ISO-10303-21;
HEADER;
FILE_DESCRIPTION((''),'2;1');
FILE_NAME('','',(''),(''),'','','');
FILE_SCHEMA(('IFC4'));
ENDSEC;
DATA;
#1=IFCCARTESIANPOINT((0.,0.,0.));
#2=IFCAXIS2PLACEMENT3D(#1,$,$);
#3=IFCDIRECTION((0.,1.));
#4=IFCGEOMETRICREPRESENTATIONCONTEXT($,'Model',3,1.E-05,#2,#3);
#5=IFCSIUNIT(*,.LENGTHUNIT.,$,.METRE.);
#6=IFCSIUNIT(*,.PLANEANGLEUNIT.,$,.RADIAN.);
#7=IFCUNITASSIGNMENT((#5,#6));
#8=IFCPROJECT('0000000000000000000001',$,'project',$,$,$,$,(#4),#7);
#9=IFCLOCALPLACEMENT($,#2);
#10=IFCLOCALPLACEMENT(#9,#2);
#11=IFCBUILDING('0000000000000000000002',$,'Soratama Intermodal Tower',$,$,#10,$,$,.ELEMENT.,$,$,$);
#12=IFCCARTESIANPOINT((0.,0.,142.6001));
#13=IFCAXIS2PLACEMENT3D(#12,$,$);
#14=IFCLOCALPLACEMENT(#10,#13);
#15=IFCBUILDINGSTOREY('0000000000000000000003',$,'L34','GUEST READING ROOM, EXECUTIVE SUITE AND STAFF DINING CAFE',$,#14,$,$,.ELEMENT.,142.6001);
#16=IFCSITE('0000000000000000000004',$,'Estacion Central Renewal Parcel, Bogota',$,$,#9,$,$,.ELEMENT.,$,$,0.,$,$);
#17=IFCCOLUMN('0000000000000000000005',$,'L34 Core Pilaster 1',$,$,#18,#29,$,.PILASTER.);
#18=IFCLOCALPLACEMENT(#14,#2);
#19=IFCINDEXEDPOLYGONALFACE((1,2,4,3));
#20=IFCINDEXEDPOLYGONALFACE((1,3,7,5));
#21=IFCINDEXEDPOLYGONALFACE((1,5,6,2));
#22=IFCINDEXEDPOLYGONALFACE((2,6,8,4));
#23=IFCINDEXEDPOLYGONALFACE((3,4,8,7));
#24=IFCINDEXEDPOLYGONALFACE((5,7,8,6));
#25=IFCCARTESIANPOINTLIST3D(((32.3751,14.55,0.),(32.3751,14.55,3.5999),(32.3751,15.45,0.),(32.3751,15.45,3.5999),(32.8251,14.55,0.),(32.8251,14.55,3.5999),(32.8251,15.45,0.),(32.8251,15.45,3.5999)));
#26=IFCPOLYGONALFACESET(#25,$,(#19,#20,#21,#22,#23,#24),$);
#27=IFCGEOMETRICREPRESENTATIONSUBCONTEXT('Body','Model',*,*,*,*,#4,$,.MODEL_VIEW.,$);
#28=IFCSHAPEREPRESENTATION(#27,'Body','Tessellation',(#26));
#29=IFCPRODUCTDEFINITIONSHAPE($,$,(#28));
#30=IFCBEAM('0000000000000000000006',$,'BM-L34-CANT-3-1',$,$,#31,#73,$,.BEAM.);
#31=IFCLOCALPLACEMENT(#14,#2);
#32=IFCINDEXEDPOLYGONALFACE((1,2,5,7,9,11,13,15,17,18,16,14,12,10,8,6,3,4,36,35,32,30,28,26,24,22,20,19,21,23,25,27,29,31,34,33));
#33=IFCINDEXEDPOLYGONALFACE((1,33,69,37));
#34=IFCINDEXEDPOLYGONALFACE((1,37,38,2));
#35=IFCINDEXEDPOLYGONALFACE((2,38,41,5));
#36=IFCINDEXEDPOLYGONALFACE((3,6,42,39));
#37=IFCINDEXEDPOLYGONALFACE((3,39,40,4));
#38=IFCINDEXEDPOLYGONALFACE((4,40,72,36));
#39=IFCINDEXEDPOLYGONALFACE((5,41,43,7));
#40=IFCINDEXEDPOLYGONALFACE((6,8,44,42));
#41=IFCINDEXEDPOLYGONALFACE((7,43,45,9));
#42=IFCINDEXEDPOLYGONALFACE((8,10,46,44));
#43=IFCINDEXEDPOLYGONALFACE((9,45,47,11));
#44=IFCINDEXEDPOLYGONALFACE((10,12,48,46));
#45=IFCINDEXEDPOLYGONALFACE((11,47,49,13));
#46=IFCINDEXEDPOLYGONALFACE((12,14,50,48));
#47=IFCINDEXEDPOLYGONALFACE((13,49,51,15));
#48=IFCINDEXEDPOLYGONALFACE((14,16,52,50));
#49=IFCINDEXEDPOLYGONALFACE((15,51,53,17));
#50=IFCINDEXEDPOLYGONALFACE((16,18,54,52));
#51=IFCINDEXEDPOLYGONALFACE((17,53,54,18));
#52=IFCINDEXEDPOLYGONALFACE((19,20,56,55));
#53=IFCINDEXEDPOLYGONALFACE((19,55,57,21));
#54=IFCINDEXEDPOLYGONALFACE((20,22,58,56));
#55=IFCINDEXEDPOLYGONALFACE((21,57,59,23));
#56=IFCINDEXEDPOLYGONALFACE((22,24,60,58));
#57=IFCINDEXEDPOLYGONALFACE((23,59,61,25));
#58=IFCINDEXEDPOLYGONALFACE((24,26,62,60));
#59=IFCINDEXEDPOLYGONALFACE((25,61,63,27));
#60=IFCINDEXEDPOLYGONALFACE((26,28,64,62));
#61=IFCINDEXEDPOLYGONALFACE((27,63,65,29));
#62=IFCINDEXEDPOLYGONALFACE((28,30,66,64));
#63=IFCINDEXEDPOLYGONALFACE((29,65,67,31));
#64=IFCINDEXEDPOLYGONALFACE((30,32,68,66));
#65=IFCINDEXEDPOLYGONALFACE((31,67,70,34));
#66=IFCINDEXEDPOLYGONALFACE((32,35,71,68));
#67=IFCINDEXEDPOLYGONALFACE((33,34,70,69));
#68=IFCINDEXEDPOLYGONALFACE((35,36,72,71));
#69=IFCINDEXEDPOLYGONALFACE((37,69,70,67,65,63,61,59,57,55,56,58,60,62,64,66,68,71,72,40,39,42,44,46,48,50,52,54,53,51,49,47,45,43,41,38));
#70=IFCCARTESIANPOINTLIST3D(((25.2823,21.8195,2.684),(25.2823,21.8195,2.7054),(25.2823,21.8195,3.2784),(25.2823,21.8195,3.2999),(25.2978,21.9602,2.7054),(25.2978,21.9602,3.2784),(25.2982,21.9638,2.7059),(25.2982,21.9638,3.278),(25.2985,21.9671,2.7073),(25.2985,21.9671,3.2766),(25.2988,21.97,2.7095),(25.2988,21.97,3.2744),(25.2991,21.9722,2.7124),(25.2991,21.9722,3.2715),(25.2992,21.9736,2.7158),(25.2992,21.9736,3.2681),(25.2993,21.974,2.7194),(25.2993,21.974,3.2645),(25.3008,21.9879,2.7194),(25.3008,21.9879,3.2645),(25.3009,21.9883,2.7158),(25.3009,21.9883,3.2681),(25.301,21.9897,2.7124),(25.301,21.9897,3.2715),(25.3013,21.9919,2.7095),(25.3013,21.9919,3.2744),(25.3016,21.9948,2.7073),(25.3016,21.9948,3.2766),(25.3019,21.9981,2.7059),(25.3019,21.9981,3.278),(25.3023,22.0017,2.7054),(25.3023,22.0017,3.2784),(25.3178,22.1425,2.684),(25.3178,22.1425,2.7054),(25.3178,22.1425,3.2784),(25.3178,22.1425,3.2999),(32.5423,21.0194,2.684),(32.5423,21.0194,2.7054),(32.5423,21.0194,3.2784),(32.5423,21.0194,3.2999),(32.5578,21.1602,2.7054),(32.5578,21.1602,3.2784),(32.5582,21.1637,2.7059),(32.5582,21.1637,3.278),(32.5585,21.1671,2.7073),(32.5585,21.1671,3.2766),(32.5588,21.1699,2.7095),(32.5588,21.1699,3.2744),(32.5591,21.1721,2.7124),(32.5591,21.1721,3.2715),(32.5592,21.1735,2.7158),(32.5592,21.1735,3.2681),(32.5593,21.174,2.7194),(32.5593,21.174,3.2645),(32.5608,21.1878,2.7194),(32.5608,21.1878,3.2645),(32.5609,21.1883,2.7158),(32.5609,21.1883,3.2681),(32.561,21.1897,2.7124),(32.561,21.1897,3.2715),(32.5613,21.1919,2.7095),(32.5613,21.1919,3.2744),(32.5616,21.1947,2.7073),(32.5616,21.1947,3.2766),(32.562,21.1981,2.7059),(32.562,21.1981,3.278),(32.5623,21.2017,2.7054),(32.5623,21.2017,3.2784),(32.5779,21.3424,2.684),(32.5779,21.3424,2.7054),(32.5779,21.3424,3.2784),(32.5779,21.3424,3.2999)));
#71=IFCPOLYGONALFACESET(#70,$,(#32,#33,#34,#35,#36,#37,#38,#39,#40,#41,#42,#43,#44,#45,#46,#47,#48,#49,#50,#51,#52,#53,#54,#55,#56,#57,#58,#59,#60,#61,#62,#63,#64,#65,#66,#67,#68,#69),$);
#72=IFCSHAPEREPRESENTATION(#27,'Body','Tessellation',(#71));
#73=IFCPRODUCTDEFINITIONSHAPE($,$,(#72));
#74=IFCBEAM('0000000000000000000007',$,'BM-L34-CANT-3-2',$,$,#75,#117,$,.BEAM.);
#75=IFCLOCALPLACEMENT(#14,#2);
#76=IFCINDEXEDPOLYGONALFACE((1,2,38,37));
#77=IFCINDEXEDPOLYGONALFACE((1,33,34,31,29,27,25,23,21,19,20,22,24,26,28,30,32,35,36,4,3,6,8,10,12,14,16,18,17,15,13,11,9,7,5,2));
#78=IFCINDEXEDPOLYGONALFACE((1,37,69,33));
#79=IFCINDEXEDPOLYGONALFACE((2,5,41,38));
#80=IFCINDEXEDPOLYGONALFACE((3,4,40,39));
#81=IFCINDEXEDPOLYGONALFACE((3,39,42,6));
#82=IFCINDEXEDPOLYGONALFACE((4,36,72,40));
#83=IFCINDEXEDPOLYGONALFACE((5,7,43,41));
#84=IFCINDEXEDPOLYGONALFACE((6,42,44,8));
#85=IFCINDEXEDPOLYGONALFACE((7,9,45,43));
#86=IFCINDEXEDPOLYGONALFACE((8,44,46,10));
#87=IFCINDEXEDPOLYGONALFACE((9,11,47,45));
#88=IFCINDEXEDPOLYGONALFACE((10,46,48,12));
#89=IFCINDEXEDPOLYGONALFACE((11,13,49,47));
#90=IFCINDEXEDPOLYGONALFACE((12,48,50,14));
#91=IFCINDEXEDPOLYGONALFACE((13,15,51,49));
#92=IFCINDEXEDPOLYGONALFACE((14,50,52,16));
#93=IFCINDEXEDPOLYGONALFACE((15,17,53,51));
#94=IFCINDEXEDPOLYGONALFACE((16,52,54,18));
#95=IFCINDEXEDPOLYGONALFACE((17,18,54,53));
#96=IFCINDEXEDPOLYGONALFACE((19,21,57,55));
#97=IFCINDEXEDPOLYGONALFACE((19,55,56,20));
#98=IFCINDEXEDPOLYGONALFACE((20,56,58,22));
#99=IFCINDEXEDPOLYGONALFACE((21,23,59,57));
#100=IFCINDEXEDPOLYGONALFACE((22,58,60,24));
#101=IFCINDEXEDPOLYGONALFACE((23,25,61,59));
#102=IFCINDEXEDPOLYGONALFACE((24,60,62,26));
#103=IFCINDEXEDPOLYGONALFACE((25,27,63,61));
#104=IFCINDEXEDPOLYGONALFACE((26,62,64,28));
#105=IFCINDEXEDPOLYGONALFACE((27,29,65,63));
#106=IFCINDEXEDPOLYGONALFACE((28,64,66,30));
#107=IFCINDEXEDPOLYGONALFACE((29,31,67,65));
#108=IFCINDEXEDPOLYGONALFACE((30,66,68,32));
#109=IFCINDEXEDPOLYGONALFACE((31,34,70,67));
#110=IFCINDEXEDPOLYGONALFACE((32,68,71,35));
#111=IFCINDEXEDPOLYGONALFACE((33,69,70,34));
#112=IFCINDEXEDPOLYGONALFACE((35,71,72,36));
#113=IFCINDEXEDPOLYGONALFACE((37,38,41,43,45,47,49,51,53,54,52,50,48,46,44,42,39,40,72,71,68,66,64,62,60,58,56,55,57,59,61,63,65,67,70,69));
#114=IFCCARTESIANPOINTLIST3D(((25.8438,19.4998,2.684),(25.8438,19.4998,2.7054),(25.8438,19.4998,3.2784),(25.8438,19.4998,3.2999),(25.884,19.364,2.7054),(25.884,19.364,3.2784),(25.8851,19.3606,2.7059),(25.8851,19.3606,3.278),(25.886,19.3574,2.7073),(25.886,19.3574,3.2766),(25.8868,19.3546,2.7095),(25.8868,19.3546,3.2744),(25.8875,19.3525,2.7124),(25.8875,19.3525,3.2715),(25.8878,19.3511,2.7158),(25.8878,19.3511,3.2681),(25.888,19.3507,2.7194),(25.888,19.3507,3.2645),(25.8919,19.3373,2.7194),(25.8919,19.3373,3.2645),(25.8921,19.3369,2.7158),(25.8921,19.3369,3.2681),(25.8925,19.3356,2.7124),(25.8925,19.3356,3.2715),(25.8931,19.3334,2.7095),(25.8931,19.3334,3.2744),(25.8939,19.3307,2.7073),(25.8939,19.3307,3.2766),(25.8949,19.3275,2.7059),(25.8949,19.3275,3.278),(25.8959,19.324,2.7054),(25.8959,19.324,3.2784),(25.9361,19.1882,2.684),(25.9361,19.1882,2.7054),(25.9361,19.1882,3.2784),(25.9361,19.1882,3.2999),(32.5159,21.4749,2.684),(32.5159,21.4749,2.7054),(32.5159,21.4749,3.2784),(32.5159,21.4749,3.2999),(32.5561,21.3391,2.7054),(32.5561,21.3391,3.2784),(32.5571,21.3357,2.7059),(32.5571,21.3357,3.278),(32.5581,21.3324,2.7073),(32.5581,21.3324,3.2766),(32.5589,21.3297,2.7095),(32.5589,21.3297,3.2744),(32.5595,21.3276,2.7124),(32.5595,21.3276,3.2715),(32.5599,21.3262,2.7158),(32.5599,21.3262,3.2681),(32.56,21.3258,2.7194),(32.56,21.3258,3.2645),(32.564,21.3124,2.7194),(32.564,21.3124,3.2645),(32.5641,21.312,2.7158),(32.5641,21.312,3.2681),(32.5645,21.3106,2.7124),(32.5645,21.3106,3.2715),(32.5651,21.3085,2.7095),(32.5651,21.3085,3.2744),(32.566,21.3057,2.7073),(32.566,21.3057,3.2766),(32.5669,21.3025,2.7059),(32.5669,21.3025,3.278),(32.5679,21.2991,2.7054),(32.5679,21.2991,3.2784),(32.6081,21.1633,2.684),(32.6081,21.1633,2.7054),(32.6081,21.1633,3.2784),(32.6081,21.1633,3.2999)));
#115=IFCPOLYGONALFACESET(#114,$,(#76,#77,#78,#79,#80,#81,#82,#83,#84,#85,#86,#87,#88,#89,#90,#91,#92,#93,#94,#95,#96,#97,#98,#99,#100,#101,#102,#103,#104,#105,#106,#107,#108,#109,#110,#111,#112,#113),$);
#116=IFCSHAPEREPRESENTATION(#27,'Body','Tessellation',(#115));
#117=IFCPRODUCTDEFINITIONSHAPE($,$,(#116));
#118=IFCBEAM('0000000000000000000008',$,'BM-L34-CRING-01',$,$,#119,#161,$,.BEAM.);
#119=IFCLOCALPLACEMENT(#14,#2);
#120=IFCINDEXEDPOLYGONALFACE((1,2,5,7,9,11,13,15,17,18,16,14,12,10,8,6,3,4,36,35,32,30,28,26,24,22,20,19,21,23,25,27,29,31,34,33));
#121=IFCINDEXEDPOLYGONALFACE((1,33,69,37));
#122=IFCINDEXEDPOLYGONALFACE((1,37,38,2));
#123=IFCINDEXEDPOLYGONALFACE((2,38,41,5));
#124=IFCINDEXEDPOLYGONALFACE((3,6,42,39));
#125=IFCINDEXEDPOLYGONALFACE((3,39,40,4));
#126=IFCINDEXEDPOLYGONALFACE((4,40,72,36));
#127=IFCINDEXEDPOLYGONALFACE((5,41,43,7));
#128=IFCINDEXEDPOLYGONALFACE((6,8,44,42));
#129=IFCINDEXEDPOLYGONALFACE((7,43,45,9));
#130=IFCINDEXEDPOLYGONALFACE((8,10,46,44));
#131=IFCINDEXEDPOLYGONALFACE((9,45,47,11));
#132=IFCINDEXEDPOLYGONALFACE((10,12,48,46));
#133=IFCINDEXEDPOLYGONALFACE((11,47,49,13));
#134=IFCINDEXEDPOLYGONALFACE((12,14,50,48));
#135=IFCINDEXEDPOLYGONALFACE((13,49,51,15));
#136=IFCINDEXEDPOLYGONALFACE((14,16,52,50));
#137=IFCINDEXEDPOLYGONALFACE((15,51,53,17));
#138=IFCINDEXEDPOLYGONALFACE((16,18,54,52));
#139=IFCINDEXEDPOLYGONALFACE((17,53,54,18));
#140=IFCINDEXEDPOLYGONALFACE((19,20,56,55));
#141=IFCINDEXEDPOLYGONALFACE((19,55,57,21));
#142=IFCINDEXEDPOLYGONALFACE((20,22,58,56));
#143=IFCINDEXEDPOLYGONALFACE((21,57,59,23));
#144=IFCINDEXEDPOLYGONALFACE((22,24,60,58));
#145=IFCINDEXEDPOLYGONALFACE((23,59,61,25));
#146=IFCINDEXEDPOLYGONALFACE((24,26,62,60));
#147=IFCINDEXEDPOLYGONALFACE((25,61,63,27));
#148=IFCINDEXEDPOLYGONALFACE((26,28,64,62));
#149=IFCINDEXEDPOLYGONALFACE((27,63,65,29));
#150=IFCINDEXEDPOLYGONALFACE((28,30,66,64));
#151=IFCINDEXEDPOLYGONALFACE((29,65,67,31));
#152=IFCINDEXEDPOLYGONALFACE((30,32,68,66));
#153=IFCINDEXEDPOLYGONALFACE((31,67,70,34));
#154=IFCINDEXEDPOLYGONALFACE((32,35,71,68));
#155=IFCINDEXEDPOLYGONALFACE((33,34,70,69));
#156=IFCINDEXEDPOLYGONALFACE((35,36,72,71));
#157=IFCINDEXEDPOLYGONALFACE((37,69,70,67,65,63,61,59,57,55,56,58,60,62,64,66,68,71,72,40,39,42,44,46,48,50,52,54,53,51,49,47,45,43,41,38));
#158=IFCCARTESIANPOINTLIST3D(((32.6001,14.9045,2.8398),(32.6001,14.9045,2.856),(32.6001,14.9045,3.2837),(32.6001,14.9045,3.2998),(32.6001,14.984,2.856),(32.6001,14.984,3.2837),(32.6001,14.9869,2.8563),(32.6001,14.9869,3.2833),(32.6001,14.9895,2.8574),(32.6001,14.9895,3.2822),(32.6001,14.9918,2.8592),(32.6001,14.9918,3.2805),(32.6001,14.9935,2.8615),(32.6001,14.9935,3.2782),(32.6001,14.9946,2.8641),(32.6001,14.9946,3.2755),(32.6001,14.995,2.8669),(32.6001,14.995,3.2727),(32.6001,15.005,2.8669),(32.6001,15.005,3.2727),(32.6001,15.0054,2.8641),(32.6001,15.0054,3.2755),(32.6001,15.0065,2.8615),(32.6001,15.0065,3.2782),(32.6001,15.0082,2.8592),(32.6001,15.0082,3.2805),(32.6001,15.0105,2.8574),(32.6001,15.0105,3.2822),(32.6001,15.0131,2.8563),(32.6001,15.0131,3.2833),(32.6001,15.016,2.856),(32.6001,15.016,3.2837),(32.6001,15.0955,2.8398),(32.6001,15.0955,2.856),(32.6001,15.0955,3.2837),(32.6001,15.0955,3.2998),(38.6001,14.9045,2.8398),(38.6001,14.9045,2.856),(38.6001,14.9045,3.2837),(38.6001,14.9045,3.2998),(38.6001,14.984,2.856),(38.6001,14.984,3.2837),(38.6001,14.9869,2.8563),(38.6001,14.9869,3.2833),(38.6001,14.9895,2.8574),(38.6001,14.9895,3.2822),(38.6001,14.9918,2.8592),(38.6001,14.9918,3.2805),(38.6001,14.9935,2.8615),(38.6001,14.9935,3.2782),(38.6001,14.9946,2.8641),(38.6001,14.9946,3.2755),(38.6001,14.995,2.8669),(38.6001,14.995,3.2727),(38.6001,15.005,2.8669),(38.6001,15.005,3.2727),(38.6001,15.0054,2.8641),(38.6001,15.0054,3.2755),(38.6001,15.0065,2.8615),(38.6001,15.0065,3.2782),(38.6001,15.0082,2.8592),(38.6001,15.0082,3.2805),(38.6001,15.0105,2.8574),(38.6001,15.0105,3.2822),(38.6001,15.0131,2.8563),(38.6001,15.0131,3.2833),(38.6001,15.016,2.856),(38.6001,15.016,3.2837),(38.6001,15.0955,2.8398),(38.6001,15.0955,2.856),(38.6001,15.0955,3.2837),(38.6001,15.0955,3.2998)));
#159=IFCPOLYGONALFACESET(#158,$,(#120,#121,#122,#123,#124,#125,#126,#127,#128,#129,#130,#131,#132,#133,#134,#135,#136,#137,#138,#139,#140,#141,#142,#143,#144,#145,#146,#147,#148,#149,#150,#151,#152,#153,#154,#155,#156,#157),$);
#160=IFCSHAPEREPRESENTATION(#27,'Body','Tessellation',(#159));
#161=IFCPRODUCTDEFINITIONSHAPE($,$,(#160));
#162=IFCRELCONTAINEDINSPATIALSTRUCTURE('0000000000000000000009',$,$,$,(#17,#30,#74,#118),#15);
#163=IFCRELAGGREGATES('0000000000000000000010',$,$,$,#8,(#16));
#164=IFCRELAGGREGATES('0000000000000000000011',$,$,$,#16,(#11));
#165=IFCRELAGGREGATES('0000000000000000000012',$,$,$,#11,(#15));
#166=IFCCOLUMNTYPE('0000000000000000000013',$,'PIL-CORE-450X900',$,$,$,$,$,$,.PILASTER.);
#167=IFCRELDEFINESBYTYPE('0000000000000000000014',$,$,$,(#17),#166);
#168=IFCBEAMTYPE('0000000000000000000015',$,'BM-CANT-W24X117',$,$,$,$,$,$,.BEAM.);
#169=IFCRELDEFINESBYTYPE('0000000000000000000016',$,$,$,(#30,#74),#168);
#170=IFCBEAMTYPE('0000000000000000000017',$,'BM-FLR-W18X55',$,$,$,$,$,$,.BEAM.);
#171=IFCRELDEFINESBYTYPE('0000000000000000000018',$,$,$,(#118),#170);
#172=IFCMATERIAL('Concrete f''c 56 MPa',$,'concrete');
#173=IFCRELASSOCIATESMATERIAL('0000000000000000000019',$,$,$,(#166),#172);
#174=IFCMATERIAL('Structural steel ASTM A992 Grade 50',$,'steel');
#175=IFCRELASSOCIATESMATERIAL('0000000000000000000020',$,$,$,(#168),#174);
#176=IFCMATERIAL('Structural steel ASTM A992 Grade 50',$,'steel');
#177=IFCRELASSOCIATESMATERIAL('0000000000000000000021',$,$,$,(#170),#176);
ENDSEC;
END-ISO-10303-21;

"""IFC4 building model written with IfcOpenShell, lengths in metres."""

from ifc_helpers import new_model, si_unit, direction, frame, origin, origin_2d, place, context, subcontext, project, spatial, rectangle, i_section, extrude, material, material_profile, profile_set, type_object, element, save


model = new_model("IFC4")

# Units and contexts
model_context = context("Model", 3, precision=1e-05, world=origin(), true_north=direction((0.0, 1.0)))
body_context = subcontext(model_context, "Body", "Model", "MODEL_VIEW")
ifc_project = project(units=[si_unit("LENGTHUNIT", "METRE"), si_unit("PLANEANGLEUNIT", "RADIAN")], contexts=[model_context])

# Site, building, storey
site_placement = place(None, origin())
site = spatial("IfcSite", under=ifc_project, at=site_placement, Name="Estacion Central Renewal Parcel, Bogota", CompositionType="ELEMENT", RefElevation=0.0)
building_placement = place(site_placement, origin())
building = spatial("IfcBuilding", under=site, at=building_placement, Name="Soratama Intermodal Tower", CompositionType="ELEMENT")
storey_placement = place(building_placement, frame((0.0, 0.0, 142.6001)))
storey = spatial("IfcBuildingStorey", under=building, at=storey_placement, Name="L34", Description="GUEST READING ROOM, EXECUTIVE SUITE AND STAFF DINING CAFE", CompositionType="ELEMENT", Elevation=142.6001)

# Column
ifc_material_1 = material(Name="Concrete f'c 56 MPa", Category="concrete")
ifc_material_profile_1 = material_profile(ifc_material_1, rectangle(XDim=0.45, YDim=0.8999, at=origin_2d()), Name="RC450X900")
ifc_profile_set_1 = profile_set([ifc_material_profile_1], Name="Concrete f'c 56 MPa")
column_type = type_object("IfcColumnType", Name="PIL-CORE-450X900", PredefinedType="PILASTER", material=ifc_profile_set_1)
column_placement = place(storey_placement, frame((32.6001, 15.0, 0.0), z_axis=(0.0, 0.0, 1.0), x_axis=(1.0, 0.0, 0.0)))
element("IfcColumn", 1, at=column_placement, inside=storey, type_object=column_type, Name="L34 Core Pilaster 1", PredefinedType="PILASTER", context=body_context, shape_type="SweptSolid", body=[
    extrude(rectangle(XDim=0.45, YDim=0.8999, at=origin_2d()), origin(), (0.0, 0.0, 1.0), 3.5999),
])

# Beams
ifc_material_2 = material(Name="Structural steel ASTM A992 Grade 50", Category="steel")
ifc_material_profile_2 = material_profile(ifc_material_2, i_section(OverallWidth=0.325, OverallDepth=0.616, WebThickness=0.0139, FlangeThickness=0.0215, FilletRadius=0.0139, at=origin_2d()), Name="W24X117")
ifc_profile_set_2 = profile_set([ifc_material_profile_2], Name="Structural steel ASTM A992 Grade 50")
beam_type_1 = type_object("IfcBeamType", Name="BM-CANT-W24X117", PredefinedType="BEAM", material=ifc_profile_set_2)
beam_1_placement = place(storey_placement, frame((32.5601, 21.1809, 2.9919), z_axis=(-0.993983, 0.109536, 0.0), x_axis=(-0.109536, -0.993983, 0.0)))
element("IfcBeam", 2, at=beam_1_placement, inside=storey, type_object=beam_type_1, Name="BM-L34-CANT-3-1", PredefinedType="BEAM", context=body_context, shape_type="SweptSolid", body=[
    extrude(i_section(OverallWidth=0.325, OverallDepth=0.616, WebThickness=0.0139, FlangeThickness=0.0215, FilletRadius=0.0139, at=origin_2d()), origin(), (0.0, 0.0, 1.0), 7.304),
])
beam_2_placement = place(storey_placement, frame((32.562, 21.3191, 2.9919), z_axis=(-0.95887, -0.283847, 0.0), x_axis=(0.283847, -0.95887, 0.0)))
element("IfcBeam", 3, at=beam_2_placement, inside=storey, type_object=beam_type_1, Name="BM-L34-CANT-3-2", PredefinedType="BEAM", context=body_context, shape_type="SweptSolid", body=[
    extrude(i_section(OverallWidth=0.325, OverallDepth=0.616, WebThickness=0.0139, FlangeThickness=0.0215, FilletRadius=0.0139, at=origin_2d()), origin(), (0.0, 0.0, 1.0), 6.9583),
])
ifc_material_3 = material(Name="Structural steel ASTM A992 Grade 50", Category="steel")
ifc_material_profile_3 = material_profile(ifc_material_3, i_section(OverallWidth=0.1909, OverallDepth=0.46, WebThickness=0.01, FlangeThickness=0.0161, FilletRadius=0.011, at=origin_2d()), Name="W18X55")
ifc_profile_set_3 = profile_set([ifc_material_profile_3], Name="Structural steel ASTM A992 Grade 50")
beam_type_2 = type_object("IfcBeamType", Name="BM-FLR-W18X55", PredefinedType="BEAM", material=ifc_profile_set_3)
beam_3_placement = place(storey_placement, frame((32.6001, 15.0, 3.0698), z_axis=(1.0, 0.0, 0.0), x_axis=(0.0, 1.0, 0.0)))
element("IfcBeam", 4, at=beam_3_placement, inside=storey, type_object=beam_type_2, Name="BM-L34-CRING-01", PredefinedType="BEAM", context=body_context, shape_type="SweptSolid", body=[
    extrude(i_section(OverallWidth=0.1909, OverallDepth=0.46, WebThickness=0.01, FlangeThickness=0.0161, FilletRadius=0.011, at=origin_2d()), origin(), (0.0, 0.0, 1.0), 6.0),
])

save(model, "model.ifc")
